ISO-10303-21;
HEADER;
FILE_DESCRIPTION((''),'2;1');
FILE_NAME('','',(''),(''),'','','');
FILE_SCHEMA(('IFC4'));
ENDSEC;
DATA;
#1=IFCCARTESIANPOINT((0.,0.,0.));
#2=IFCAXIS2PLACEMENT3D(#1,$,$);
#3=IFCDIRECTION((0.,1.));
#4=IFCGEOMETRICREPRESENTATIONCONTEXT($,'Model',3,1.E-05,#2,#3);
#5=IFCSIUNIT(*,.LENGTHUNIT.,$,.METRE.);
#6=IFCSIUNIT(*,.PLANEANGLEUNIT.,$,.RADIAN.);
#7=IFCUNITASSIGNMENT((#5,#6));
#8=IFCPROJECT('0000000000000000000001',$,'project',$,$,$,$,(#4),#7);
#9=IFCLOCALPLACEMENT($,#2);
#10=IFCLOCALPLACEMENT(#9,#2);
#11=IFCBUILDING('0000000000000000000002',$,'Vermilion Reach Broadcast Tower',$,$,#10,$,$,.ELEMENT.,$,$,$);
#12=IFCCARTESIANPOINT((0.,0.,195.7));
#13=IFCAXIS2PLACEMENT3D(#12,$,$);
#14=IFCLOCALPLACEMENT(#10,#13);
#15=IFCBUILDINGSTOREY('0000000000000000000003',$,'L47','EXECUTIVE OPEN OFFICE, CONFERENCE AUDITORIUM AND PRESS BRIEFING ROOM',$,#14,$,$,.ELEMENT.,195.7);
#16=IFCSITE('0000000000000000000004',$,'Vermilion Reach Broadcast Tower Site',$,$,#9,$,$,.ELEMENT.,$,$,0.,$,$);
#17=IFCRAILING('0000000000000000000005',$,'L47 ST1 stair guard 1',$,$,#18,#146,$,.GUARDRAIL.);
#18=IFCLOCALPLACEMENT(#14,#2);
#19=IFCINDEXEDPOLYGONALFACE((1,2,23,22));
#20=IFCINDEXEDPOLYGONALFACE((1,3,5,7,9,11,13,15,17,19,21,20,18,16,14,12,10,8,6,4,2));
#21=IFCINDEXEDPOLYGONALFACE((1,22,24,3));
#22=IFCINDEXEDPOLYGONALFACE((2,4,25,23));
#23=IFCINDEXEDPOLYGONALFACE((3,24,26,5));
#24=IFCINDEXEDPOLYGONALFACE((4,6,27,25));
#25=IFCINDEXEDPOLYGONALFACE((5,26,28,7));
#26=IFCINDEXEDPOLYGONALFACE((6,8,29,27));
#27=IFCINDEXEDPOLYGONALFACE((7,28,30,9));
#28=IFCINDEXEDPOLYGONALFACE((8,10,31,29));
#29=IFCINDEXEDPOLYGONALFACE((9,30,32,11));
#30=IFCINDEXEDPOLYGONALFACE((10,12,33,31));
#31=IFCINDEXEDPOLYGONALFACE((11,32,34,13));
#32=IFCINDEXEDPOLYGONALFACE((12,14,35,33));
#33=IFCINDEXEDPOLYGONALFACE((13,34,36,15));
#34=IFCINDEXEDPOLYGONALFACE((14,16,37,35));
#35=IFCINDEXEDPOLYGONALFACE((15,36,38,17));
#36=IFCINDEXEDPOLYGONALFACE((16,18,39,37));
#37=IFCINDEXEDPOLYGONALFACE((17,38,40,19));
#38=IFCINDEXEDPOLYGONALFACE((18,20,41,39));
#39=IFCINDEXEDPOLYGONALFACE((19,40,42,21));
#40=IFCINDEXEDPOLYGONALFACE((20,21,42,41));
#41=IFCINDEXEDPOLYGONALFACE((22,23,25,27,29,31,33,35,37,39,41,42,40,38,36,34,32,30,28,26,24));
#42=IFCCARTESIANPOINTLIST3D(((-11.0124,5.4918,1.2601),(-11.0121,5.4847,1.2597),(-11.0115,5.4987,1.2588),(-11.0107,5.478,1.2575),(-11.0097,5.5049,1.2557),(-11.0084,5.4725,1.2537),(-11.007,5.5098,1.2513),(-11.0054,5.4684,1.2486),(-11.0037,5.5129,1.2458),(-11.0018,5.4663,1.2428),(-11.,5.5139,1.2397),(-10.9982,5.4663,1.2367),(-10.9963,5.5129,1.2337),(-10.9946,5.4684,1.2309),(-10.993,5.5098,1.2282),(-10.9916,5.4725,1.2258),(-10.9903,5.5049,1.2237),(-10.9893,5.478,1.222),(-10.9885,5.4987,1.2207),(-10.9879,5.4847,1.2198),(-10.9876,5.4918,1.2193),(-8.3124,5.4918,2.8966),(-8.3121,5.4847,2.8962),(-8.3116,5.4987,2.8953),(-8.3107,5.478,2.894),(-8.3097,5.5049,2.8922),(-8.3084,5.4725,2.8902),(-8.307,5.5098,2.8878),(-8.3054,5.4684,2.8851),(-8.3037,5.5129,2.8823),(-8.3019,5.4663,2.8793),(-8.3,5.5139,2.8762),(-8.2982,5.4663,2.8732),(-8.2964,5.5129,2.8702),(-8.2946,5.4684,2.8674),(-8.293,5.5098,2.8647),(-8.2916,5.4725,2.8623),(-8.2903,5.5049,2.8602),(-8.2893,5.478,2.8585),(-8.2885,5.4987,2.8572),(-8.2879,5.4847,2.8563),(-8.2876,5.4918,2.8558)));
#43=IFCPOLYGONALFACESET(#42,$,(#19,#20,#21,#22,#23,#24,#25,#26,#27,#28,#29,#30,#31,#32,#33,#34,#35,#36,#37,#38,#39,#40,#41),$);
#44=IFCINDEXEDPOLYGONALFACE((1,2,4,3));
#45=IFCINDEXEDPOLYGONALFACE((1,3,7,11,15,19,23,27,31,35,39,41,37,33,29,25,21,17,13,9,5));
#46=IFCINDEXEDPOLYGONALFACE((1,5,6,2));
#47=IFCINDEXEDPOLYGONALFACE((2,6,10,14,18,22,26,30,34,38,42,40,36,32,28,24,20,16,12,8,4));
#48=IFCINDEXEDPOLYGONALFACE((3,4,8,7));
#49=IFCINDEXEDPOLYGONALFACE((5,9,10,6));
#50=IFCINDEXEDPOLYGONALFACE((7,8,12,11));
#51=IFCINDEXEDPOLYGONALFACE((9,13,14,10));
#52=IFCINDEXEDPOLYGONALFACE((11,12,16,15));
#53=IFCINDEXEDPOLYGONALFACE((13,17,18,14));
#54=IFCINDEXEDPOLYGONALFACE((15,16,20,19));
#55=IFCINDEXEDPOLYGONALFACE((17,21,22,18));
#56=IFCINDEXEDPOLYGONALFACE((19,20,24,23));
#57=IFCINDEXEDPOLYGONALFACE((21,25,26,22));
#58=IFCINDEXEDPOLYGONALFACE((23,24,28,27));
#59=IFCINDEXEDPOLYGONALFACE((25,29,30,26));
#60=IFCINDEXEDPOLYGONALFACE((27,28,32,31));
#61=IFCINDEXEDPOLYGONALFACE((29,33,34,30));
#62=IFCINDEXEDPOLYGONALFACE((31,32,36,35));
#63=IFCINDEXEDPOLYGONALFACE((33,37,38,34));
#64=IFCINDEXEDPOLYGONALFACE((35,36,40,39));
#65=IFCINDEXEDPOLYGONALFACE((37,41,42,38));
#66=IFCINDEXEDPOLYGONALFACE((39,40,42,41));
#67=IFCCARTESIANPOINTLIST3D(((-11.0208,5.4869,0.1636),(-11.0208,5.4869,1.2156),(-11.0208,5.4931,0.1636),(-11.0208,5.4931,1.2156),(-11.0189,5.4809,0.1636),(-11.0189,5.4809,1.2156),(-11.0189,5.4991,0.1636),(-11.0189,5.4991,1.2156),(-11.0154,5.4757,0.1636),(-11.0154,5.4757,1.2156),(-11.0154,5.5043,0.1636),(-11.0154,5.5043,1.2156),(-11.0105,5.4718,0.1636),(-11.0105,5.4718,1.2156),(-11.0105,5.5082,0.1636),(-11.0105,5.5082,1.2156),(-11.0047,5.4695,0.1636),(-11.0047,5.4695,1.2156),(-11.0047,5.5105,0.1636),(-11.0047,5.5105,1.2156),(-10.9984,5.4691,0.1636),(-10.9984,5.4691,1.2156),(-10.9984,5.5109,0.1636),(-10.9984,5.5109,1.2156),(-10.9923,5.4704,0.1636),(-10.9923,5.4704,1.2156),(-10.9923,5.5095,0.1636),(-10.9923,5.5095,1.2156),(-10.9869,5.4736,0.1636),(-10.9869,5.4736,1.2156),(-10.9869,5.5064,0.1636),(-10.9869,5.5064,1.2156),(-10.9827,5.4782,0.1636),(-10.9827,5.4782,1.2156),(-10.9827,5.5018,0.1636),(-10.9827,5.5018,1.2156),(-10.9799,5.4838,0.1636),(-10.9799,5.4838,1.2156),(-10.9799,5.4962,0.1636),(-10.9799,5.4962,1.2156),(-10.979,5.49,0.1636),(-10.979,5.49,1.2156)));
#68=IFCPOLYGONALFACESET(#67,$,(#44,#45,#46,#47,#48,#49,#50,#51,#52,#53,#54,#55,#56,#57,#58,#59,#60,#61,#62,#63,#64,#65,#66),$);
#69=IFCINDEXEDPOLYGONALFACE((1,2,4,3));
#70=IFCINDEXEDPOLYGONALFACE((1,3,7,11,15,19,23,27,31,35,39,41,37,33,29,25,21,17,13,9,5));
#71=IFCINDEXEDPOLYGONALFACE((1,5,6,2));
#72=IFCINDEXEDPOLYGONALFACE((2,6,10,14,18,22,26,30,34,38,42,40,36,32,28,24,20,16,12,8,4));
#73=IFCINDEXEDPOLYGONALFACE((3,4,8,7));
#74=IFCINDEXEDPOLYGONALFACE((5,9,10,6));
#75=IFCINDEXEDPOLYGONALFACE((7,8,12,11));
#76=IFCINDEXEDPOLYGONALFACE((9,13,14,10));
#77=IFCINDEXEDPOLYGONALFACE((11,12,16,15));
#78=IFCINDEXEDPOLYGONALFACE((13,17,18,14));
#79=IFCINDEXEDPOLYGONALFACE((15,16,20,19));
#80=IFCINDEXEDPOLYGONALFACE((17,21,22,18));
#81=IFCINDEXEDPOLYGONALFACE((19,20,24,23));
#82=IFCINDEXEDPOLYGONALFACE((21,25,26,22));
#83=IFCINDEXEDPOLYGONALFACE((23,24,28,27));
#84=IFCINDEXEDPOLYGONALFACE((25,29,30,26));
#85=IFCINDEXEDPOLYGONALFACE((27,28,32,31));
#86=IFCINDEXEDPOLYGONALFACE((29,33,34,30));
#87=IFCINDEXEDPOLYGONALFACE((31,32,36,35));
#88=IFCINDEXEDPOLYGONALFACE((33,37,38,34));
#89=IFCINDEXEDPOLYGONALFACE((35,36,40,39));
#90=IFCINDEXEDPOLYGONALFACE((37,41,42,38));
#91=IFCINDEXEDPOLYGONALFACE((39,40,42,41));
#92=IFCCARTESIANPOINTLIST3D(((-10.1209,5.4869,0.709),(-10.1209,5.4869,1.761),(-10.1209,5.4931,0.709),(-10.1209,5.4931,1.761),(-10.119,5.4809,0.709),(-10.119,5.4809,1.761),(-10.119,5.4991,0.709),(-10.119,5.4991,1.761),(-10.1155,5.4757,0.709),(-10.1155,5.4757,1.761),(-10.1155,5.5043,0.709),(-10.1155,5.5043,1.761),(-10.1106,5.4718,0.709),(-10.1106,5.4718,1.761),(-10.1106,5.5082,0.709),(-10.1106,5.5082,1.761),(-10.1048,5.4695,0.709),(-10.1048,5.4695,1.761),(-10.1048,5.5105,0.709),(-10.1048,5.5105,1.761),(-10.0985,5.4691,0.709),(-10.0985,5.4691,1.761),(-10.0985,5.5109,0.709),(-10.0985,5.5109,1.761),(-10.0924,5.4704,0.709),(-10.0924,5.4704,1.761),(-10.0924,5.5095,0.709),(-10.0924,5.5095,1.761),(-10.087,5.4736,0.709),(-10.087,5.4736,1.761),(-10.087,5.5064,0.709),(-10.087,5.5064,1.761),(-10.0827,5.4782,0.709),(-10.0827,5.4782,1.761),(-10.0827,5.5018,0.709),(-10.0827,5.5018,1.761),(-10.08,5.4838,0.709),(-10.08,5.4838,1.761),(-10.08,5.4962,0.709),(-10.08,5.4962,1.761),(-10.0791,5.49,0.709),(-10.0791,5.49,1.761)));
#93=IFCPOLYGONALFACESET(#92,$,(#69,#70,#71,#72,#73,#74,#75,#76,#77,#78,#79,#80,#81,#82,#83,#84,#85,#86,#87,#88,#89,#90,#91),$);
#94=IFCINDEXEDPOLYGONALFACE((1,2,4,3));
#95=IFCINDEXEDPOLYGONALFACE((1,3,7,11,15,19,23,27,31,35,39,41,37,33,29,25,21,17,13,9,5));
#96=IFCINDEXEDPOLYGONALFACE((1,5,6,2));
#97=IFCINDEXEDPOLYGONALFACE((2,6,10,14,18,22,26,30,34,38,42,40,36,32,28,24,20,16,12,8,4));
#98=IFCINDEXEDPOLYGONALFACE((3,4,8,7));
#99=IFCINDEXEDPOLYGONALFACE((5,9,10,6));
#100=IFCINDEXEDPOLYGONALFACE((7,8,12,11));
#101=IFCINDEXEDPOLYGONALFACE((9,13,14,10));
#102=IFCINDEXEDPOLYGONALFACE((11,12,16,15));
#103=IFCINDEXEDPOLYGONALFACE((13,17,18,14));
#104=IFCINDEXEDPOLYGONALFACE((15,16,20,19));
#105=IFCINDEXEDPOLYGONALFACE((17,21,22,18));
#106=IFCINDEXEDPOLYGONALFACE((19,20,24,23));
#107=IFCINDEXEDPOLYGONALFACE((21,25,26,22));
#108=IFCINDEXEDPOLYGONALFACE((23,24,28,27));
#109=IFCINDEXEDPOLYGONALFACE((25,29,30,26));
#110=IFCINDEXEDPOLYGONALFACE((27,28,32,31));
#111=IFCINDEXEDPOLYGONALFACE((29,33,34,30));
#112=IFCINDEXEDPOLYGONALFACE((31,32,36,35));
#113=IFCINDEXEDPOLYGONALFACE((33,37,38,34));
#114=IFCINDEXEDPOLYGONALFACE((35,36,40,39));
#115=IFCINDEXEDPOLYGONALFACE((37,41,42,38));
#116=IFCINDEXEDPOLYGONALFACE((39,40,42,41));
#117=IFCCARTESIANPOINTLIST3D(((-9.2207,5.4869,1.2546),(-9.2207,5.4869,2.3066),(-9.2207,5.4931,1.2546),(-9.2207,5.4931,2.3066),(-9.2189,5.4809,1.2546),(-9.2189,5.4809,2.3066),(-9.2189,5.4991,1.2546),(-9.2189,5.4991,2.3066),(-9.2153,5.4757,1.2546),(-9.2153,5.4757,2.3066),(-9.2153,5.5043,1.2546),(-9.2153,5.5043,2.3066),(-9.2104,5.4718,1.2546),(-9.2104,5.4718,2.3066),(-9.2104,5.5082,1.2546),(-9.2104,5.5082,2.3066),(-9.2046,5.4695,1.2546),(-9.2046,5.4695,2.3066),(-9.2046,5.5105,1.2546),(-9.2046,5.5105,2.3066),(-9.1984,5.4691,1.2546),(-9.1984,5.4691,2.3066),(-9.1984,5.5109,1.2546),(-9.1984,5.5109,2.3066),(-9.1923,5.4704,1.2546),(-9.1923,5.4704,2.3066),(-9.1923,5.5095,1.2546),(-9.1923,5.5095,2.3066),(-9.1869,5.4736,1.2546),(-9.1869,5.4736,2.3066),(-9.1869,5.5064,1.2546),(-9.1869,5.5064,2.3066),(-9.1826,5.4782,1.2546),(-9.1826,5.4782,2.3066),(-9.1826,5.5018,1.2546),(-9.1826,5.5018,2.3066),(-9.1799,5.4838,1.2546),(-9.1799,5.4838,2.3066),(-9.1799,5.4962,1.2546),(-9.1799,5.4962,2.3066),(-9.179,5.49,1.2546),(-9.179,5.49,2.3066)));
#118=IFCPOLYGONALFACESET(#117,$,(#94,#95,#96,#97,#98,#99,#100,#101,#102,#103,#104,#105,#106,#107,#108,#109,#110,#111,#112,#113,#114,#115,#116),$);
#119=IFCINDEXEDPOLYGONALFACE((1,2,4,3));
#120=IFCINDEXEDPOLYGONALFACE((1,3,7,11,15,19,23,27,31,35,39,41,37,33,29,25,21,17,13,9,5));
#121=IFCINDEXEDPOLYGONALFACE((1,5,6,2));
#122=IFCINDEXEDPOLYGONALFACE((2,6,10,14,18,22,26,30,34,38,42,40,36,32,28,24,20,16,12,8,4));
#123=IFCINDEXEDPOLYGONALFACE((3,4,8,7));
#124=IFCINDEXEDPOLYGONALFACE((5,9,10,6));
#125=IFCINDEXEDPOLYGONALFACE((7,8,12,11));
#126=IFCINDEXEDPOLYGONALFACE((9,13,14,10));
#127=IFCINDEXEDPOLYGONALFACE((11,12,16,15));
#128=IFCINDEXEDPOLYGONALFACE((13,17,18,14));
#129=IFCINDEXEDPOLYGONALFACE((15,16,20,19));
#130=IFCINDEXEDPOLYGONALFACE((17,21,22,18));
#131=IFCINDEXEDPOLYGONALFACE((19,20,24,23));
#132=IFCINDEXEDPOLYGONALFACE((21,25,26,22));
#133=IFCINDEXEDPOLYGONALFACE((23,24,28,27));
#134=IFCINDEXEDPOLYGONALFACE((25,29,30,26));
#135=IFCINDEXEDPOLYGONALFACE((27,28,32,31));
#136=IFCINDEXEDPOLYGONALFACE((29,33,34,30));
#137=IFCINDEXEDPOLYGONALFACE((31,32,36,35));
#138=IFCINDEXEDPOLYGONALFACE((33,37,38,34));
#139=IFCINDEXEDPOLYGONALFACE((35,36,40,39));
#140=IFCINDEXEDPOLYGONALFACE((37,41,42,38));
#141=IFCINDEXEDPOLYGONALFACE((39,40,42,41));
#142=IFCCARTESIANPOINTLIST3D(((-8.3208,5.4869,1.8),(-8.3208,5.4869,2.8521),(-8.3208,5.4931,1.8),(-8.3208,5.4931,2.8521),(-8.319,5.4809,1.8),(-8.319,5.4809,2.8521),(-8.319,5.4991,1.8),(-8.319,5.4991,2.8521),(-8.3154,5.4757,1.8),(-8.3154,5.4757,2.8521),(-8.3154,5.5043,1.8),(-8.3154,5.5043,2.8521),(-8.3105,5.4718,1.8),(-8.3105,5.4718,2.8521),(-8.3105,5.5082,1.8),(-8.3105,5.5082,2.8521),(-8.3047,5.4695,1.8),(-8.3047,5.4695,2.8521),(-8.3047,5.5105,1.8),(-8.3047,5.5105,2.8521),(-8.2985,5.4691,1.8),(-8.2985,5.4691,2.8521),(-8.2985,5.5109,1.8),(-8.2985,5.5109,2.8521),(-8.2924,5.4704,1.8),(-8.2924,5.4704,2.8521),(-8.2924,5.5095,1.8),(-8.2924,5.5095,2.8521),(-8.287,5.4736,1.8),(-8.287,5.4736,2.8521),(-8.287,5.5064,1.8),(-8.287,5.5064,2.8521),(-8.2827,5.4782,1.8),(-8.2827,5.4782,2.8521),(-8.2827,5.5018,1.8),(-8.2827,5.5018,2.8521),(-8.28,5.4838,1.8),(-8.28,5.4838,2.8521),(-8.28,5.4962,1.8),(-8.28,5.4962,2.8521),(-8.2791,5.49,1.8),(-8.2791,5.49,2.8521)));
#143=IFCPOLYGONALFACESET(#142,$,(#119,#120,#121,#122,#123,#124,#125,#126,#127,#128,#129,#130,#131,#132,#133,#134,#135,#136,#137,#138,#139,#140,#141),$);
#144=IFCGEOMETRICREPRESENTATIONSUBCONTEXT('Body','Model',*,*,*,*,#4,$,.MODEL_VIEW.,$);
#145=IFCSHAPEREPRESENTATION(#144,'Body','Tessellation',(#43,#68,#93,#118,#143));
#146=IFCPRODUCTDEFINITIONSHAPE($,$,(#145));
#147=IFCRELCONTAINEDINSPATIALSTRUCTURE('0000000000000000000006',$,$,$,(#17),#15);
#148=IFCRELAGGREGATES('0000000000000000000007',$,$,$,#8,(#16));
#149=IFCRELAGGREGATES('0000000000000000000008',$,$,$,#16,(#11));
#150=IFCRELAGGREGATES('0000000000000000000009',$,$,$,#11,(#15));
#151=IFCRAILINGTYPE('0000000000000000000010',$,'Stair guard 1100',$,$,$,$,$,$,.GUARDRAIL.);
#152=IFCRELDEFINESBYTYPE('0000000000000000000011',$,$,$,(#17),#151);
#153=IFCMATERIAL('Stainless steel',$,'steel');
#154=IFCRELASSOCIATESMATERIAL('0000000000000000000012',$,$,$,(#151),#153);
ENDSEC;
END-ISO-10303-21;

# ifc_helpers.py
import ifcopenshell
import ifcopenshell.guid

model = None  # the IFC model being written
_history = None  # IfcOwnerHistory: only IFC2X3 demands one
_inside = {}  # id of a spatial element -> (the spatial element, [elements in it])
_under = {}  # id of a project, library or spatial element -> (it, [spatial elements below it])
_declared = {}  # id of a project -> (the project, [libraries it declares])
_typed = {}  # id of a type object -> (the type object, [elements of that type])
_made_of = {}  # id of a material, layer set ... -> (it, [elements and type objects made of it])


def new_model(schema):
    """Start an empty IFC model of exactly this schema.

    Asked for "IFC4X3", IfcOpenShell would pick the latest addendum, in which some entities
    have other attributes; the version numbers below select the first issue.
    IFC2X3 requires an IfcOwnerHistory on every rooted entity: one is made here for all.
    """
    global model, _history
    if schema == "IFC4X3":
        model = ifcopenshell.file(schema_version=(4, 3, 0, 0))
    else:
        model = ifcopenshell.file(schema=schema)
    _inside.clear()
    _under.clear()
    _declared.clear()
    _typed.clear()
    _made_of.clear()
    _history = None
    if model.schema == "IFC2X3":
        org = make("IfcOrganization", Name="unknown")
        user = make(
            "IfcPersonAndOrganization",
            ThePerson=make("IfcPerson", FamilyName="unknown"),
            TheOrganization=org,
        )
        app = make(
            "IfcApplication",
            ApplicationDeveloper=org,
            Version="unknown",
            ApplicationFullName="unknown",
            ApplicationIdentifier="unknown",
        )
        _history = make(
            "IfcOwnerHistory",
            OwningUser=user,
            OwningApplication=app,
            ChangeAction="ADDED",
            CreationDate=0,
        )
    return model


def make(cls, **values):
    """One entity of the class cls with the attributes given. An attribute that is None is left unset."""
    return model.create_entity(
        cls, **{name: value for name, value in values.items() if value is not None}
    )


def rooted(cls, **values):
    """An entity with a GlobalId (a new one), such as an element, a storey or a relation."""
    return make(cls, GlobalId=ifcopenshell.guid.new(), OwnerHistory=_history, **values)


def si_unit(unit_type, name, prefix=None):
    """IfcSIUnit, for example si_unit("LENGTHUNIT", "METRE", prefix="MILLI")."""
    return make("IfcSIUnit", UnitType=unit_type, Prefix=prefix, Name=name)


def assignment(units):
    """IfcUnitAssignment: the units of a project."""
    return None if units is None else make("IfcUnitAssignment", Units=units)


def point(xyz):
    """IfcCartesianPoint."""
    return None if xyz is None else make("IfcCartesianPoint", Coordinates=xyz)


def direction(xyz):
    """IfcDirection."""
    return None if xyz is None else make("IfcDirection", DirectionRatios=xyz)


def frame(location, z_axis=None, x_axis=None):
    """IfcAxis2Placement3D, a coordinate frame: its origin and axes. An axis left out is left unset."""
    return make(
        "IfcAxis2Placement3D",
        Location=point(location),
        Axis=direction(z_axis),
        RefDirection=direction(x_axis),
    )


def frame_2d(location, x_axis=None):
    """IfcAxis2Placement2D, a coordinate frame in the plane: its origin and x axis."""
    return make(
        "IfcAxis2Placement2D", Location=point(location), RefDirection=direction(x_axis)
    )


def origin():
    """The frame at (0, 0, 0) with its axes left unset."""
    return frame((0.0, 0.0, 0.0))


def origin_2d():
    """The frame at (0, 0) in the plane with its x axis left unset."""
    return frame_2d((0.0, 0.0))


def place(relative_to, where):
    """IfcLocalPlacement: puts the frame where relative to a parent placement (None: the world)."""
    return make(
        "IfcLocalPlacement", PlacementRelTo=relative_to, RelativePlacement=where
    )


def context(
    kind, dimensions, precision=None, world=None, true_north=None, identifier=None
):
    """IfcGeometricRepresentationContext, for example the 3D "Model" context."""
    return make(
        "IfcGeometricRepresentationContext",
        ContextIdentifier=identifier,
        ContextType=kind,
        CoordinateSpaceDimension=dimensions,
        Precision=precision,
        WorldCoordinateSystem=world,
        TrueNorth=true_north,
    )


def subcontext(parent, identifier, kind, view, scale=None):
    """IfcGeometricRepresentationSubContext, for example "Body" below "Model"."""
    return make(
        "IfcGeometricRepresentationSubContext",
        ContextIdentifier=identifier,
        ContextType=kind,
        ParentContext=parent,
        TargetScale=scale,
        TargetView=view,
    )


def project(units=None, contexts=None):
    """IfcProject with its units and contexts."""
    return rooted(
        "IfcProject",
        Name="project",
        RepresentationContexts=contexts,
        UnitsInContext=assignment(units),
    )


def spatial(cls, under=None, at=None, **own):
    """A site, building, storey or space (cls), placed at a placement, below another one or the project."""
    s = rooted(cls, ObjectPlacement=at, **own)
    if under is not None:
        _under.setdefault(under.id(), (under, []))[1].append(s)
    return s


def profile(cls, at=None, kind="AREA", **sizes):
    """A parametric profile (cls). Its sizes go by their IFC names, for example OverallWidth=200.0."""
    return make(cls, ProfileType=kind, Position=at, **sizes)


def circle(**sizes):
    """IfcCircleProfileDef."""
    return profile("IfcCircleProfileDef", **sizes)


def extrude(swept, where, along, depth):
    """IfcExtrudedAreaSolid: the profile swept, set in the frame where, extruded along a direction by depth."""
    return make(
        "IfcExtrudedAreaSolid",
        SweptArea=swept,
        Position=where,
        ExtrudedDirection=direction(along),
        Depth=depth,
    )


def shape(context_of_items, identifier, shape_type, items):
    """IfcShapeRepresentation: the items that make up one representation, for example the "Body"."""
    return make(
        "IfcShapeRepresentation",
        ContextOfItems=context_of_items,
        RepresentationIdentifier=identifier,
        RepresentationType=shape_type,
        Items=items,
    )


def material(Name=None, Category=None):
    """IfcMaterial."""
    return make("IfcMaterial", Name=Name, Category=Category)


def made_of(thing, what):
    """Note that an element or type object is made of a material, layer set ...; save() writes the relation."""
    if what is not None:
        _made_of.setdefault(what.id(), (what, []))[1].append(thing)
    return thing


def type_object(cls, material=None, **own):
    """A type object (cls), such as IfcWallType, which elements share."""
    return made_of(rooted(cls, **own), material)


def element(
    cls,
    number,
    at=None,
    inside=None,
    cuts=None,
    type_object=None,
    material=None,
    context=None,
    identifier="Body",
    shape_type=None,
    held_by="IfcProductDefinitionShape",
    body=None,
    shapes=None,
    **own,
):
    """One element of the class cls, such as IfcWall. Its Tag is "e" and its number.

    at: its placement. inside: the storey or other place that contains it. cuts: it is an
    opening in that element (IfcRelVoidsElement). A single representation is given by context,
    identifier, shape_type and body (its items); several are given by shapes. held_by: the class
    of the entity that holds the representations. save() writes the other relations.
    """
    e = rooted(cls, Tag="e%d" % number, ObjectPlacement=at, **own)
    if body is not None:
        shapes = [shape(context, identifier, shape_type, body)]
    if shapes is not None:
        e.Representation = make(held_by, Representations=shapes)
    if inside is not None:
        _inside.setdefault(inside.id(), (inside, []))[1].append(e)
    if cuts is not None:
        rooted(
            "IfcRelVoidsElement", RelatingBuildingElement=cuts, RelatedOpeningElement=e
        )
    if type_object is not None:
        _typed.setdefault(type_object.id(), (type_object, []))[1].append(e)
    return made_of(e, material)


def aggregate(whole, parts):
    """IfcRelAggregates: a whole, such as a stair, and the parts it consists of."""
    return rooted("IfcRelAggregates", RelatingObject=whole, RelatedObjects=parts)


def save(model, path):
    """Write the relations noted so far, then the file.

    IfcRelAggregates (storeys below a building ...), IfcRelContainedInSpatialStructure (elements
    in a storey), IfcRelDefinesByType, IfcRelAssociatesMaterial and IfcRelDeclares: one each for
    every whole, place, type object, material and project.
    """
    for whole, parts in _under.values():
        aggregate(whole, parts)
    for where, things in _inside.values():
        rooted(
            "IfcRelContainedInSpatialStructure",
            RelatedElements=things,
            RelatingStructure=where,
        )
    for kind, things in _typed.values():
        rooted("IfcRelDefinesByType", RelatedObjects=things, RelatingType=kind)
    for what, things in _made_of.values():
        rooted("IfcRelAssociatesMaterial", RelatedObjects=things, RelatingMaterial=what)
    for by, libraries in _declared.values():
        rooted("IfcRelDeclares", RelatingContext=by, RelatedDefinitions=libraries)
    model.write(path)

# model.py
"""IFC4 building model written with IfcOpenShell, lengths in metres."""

from ifc_helpers import new_model, si_unit, direction, frame, origin, origin_2d, place, context, subcontext, project, spatial, circle, extrude, material, type_object, element, save


model = new_model("IFC4")

# Units and contexts
model_context = context("Model", 3, precision=1e-05, world=origin(), true_north=direction((0.0, 1.0)))
body_context = subcontext(model_context, "Body", "Model", "MODEL_VIEW")
ifc_project = project(units=[si_unit("LENGTHUNIT", "METRE"), si_unit("PLANEANGLEUNIT", "RADIAN")], contexts=[model_context])

# Site, building, storey
site_placement = place(None, origin())
site = spatial("IfcSite", under=ifc_project, at=site_placement, Name="Vermilion Reach Broadcast Tower Site", CompositionType="ELEMENT", RefElevation=0.0)
building_placement = place(site_placement, origin())
building = spatial("IfcBuilding", under=site, at=building_placement, Name="Vermilion Reach Broadcast Tower", CompositionType="ELEMENT")
storey_placement = place(building_placement, frame((0.0, 0.0, 195.7)))
storey = spatial("IfcBuildingStorey", under=building, at=storey_placement, Name="L47", Description="EXECUTIVE OPEN OFFICE, CONFERENCE AUDITORIUM AND PRESS BRIEFING ROOM", CompositionType="ELEMENT", Elevation=195.7)

# Railing
ifc_material_1 = material(Name="Stainless steel", Category="steel")
railing_type_1 = type_object("IfcRailingType", Name="Stair guard 1100", PredefinedType="GUARDRAIL", material=ifc_material_1)
railing_1_placement = place(storey_placement, frame((-11.0, 5.49, 0.1636)))
element("IfcRailing", 1, at=railing_1_placement, inside=storey, type_object=railing_type_1, Name="L47 ST1 stair guard 1", PredefinedType="GUARDRAIL", context=body_context, shape_type="SweptSolid", body=[
    extrude(circle(Radius=0.0239, at=origin_2d()), frame((0.0, 0.0, 1.0762), z_axis=(0.855178, 0.0, 0.518334), x_axis=(0.0, 1.0, 0.0)), (0.0, 0.0, 1.0), 3.1572),
    extrude(circle(Radius=0.021, at=origin_2d()), origin(), (0.0, 0.0, 1.0), 1.052),
    extrude(circle(Radius=0.021, at=origin_2d()), frame((0.8999, 0.0, 0.5454)), (0.0, 0.0, 1.0), 1.052),
    extrude(circle(Radius=0.021, at=origin_2d()), frame((1.8, 0.0, 1.0911)), (0.0, 0.0, 1.0), 1.052),
    extrude(circle(Radius=0.021, at=origin_2d()), frame((2.7, 0.0, 1.6365)), (0.0, 0.0, 1.0), 1.052),
])

save(model, "model.ifc")
